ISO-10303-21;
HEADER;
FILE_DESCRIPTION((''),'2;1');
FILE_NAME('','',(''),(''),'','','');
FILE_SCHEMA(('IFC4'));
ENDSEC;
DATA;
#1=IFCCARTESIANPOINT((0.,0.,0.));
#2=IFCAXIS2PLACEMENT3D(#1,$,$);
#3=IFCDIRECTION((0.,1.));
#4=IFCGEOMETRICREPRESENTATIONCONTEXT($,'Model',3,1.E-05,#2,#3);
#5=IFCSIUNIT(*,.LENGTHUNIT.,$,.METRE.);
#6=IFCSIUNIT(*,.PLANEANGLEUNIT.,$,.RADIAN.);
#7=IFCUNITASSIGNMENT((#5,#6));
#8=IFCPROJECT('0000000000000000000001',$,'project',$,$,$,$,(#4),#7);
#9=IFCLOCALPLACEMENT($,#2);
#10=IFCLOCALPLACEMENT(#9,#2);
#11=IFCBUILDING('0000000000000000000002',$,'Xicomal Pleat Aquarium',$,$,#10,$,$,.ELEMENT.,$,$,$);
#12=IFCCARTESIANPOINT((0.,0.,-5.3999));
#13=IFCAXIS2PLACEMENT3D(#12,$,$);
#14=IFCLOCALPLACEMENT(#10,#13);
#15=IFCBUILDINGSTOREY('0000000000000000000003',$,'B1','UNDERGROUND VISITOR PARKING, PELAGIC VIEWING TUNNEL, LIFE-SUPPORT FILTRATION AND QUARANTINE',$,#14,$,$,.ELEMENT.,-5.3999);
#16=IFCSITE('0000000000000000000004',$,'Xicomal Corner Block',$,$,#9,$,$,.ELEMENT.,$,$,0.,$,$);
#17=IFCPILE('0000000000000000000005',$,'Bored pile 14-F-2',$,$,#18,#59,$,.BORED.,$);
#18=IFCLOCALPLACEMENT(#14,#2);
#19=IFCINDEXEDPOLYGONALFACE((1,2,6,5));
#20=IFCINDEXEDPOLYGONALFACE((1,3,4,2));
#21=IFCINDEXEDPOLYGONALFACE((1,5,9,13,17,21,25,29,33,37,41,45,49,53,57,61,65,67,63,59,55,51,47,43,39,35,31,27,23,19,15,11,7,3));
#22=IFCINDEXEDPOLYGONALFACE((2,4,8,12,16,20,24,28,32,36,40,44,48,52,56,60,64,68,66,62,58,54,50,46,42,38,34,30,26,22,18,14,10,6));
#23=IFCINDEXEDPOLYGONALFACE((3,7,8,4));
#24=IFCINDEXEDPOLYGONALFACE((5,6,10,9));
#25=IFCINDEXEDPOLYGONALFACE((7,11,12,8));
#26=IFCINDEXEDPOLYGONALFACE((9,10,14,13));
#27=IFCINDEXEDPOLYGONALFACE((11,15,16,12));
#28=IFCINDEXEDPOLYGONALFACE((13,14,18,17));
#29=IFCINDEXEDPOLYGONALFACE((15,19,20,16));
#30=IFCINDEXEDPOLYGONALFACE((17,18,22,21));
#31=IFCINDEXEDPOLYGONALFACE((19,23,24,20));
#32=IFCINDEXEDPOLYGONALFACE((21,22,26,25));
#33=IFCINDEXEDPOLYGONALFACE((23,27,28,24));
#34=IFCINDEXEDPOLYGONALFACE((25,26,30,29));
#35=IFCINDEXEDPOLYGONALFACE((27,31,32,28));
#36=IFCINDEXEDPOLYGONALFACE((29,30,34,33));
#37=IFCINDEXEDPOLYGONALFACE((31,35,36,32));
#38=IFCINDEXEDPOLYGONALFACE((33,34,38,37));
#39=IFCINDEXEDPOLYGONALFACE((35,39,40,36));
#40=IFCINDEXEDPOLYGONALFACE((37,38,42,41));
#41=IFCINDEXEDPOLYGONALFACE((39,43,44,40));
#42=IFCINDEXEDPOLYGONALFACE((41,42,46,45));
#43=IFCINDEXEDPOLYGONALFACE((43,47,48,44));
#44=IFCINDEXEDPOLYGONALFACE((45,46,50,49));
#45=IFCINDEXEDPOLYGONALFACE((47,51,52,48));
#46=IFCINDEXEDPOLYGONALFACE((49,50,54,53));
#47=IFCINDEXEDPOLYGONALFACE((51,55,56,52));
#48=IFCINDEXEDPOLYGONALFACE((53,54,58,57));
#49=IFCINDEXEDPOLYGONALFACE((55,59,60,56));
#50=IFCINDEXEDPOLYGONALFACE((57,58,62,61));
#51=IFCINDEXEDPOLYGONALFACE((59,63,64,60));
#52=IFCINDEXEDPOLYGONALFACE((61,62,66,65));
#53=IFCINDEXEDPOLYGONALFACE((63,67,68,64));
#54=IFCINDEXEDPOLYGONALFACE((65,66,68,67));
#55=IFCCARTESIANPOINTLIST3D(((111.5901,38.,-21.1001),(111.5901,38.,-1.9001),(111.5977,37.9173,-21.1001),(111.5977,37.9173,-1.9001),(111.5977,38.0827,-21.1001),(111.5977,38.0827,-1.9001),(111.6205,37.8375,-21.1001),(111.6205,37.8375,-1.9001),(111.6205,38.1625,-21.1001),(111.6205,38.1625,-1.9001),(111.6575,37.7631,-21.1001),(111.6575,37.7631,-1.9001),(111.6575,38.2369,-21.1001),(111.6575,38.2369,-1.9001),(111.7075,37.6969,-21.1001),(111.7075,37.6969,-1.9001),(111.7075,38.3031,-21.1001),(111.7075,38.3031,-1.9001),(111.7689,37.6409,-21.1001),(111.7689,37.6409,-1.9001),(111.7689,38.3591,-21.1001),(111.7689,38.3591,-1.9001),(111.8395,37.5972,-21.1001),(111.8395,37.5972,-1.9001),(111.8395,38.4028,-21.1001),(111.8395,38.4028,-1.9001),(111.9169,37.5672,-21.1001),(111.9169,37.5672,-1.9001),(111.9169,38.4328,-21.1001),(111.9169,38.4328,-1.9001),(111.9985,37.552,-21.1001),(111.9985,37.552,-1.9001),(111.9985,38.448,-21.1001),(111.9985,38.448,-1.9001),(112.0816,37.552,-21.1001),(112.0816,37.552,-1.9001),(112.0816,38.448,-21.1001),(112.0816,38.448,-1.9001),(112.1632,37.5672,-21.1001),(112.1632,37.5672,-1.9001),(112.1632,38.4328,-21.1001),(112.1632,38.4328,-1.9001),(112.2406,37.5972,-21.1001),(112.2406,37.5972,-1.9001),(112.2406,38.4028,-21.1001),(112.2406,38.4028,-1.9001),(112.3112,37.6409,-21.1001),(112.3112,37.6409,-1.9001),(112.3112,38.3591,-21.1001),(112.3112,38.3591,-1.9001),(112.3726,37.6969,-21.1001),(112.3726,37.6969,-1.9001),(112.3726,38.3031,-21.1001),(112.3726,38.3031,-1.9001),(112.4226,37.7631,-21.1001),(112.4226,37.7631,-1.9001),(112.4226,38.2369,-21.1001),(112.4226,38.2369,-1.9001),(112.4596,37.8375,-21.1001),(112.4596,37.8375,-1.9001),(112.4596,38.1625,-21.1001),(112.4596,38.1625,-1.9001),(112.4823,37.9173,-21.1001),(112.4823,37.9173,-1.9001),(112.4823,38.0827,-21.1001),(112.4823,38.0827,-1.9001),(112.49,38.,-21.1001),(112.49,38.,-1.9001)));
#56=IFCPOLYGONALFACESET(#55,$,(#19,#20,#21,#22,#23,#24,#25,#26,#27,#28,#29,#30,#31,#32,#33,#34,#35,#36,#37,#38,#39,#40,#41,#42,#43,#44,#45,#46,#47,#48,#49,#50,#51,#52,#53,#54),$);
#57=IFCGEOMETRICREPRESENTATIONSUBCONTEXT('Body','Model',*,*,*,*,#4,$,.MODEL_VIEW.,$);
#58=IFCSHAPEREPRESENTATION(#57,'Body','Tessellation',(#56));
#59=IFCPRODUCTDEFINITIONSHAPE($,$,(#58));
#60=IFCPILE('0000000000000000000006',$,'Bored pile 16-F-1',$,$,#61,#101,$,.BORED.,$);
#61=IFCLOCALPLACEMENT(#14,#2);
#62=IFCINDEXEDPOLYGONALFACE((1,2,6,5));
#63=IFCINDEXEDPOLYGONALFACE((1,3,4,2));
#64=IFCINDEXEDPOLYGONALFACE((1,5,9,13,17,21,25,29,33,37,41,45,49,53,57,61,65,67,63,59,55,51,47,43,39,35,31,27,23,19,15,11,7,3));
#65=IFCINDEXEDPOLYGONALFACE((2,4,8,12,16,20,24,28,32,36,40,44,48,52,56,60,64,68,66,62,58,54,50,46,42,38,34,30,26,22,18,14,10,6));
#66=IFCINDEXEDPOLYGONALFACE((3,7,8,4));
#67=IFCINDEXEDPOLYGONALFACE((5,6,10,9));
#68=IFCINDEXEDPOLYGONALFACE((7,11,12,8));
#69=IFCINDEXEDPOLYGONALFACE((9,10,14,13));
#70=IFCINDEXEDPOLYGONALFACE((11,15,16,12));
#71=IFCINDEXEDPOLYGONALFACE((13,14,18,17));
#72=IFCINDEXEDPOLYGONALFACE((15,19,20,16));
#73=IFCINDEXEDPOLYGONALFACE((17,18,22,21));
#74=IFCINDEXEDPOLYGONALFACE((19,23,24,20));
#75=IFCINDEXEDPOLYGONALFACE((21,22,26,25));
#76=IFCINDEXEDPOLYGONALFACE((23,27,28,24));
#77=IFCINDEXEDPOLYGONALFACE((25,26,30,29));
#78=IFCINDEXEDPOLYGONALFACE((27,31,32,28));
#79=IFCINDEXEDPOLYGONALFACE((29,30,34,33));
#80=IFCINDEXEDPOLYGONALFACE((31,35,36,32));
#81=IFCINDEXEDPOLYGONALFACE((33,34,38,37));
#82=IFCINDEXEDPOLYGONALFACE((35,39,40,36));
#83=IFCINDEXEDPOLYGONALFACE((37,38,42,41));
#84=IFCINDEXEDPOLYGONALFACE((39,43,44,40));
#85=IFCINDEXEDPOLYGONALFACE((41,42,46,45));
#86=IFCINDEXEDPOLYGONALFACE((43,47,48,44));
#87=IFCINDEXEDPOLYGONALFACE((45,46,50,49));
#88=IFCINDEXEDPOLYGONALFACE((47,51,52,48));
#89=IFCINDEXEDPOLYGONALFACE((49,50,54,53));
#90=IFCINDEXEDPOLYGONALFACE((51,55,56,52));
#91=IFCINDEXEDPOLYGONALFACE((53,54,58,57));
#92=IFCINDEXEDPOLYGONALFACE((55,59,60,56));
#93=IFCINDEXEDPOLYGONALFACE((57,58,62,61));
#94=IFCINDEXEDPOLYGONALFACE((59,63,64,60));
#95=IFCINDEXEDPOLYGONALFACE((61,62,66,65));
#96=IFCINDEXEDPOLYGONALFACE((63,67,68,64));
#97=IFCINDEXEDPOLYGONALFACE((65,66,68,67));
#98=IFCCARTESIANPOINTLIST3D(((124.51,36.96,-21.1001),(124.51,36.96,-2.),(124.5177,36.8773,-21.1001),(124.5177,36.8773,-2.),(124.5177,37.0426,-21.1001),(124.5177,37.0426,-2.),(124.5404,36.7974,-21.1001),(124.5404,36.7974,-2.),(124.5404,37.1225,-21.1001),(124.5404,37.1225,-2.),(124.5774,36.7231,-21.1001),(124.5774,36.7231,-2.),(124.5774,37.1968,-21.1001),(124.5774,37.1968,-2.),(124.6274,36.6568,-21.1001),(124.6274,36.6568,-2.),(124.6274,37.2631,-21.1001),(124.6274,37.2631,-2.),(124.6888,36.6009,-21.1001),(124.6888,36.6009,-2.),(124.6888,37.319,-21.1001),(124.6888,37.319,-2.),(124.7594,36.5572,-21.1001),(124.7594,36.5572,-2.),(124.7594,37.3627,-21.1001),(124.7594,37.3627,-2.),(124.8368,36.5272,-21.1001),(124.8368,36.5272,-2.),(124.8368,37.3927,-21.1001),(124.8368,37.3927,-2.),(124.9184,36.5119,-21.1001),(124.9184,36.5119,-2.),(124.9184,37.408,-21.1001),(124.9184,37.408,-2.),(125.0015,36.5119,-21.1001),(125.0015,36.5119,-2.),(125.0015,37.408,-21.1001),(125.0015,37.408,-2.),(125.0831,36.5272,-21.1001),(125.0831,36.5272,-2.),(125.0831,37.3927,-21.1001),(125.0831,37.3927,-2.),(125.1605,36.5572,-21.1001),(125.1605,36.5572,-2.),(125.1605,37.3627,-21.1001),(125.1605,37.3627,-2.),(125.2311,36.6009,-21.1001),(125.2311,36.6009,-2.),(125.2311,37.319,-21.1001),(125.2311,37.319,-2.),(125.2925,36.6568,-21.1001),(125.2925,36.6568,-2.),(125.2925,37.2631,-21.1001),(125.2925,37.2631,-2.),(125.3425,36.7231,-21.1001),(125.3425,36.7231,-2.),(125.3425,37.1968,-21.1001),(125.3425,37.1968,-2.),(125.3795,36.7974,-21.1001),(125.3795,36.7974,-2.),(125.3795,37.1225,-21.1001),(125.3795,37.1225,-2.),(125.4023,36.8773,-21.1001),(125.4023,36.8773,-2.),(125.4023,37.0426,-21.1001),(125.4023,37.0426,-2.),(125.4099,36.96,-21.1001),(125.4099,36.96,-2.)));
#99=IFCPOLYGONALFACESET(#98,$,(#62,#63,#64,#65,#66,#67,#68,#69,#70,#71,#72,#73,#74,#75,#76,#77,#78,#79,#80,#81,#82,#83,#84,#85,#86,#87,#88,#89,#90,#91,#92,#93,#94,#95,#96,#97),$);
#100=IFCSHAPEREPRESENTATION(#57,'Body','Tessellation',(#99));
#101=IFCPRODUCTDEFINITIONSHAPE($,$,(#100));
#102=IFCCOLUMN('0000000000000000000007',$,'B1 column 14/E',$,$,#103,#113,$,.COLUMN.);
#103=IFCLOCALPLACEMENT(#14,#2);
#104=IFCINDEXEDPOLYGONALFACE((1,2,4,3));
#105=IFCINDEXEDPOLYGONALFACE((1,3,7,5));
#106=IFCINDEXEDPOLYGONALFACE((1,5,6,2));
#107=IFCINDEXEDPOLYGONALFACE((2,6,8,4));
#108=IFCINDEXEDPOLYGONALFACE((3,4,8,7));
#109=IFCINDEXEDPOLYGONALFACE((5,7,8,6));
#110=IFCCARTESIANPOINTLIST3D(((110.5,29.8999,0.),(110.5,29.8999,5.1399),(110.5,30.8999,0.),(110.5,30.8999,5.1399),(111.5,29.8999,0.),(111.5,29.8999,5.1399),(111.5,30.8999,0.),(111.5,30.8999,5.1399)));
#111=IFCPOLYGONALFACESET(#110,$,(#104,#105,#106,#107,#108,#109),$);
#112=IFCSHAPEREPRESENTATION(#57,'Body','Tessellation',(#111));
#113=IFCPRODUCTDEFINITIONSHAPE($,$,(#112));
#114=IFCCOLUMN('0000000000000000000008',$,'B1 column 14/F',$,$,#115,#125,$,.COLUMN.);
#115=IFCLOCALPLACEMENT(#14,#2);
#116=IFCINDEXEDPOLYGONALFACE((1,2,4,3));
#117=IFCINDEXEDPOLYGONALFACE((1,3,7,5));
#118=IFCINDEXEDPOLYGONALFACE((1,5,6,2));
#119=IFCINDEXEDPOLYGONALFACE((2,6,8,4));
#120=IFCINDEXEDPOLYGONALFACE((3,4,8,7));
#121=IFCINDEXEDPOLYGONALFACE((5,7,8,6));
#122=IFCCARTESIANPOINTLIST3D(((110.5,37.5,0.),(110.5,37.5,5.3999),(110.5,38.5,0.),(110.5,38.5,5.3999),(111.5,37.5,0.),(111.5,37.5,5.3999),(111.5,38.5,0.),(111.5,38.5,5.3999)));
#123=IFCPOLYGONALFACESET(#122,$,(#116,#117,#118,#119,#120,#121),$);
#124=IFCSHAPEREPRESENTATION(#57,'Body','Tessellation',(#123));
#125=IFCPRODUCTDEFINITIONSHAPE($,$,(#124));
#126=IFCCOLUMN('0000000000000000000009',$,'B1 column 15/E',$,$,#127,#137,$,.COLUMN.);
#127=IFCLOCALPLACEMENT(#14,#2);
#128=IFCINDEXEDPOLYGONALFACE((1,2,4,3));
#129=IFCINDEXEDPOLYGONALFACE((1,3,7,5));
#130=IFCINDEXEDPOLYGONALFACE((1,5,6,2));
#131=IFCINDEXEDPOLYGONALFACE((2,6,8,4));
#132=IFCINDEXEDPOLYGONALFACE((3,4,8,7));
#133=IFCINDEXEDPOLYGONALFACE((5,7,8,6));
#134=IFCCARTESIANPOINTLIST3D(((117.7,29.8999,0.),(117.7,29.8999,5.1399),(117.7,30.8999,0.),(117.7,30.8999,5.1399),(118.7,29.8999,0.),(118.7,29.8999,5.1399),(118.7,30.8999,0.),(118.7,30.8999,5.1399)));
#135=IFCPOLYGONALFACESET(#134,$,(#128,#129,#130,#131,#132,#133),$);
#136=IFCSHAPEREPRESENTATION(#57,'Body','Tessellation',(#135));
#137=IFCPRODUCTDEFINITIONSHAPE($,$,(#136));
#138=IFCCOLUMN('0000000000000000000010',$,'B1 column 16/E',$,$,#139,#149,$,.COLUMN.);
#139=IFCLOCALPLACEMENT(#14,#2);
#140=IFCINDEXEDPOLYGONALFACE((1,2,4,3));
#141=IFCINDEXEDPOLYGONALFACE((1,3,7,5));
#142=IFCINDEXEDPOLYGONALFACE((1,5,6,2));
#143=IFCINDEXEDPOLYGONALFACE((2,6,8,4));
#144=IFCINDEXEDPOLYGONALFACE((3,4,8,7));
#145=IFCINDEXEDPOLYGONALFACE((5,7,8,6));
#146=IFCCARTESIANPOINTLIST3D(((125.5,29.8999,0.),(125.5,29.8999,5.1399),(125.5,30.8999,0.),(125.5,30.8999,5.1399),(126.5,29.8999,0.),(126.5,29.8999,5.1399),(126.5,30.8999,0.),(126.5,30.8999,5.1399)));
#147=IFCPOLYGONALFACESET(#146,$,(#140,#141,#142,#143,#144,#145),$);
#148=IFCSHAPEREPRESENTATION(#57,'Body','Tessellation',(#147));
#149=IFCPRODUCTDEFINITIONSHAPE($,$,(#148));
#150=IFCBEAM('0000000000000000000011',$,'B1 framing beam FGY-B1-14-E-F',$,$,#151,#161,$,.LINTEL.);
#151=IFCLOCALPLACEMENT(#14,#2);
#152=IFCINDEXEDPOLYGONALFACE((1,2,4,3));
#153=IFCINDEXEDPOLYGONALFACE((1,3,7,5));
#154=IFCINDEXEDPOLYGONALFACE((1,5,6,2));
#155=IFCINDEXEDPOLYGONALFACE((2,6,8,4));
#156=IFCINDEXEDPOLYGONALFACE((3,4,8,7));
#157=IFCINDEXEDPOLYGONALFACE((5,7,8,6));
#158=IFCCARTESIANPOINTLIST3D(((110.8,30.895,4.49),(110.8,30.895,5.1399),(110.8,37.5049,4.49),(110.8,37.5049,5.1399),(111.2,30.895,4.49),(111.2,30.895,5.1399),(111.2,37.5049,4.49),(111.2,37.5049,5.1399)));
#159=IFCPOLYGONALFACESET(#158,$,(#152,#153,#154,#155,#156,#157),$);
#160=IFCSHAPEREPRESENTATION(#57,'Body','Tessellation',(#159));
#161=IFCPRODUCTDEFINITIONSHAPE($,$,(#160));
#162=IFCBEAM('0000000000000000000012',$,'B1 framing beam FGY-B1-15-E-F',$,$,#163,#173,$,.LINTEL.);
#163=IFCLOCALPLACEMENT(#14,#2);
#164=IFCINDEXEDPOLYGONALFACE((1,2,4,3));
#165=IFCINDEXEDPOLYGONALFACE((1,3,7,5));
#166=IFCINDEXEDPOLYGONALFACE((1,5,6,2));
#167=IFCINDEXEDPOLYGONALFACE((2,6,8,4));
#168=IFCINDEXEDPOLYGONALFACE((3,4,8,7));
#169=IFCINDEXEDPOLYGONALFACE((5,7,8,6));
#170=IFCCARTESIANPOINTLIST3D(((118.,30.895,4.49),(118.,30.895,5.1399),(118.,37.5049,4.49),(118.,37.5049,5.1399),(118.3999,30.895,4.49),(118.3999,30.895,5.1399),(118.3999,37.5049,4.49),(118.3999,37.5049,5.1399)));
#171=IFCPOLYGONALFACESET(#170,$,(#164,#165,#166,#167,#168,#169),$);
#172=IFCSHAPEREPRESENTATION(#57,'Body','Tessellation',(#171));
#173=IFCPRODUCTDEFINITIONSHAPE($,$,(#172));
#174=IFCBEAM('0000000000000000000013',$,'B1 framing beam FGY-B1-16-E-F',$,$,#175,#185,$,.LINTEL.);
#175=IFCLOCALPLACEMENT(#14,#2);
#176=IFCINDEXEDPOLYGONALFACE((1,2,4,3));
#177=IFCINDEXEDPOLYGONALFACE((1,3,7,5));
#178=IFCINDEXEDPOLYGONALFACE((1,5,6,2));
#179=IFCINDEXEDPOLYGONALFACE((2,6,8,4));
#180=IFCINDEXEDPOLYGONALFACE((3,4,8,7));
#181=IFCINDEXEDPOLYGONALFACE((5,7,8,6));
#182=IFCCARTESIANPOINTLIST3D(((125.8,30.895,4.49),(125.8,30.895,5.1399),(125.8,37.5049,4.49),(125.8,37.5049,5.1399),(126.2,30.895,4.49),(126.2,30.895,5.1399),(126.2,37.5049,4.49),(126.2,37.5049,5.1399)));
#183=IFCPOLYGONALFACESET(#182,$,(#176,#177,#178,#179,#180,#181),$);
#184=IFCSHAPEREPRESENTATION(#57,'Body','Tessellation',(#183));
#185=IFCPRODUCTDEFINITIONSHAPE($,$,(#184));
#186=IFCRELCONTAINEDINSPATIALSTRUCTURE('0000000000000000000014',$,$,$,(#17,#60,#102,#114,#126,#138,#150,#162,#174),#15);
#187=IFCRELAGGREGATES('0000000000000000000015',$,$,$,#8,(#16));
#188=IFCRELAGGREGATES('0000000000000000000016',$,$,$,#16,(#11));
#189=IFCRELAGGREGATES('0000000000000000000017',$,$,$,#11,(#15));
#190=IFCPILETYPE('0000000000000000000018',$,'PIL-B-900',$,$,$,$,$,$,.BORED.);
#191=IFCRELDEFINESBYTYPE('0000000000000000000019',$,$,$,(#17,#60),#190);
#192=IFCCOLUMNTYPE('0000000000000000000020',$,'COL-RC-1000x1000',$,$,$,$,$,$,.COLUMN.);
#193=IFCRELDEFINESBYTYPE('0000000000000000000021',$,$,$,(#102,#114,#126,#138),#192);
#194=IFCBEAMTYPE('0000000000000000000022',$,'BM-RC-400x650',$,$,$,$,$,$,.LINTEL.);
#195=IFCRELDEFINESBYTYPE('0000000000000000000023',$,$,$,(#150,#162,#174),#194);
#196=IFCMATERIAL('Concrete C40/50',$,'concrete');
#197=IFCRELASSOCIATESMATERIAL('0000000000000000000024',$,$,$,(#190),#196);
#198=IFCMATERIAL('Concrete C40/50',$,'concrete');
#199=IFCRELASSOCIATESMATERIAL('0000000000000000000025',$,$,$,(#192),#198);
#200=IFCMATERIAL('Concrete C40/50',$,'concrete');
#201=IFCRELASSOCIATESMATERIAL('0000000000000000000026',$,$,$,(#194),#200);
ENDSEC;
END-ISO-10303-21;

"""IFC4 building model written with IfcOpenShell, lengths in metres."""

from ifc_helpers import new_model, si_unit, direction, frame, origin, origin_2d, place, context, subcontext, project, spatial, rectangle, circle, extrude, material, material_profile, profile_set, type_object, element, save


model = new_model("IFC4")

# Units and contexts
model_context = context("Model", 3, precision=1e-05, world=origin(), true_north=direction((0.0, 1.0)))
body_context = subcontext(model_context, "Body", "Model", "MODEL_VIEW")
ifc_project = project(units=[si_unit("LENGTHUNIT", "METRE"), si_unit("PLANEANGLEUNIT", "RADIAN")], contexts=[model_context])

# Site, building, storey
site_placement = place(None, origin())
site = spatial("IfcSite", under=ifc_project, at=site_placement, Name="Xicomal Corner Block", CompositionType="ELEMENT", RefElevation=0.0)
building_placement = place(site_placement, origin())
building = spatial("IfcBuilding", under=site, at=building_placement, Name="Xicomal Pleat Aquarium", CompositionType="ELEMENT")
storey_placement = place(building_placement, frame((0.0, 0.0, -5.3999)))
storey = spatial("IfcBuildingStorey", under=building, at=storey_placement, Name="B1", Description="UNDERGROUND VISITOR PARKING, PELAGIC VIEWING TUNNEL, LIFE-SUPPORT FILTRATION AND QUARANTINE", CompositionType="ELEMENT", Elevation=-5.3999)

# Piles
ifc_material_1 = material(Name="Concrete C40/50", Category="concrete")
ifc_material_profile_1 = material_profile(ifc_material_1, circle(Radius=0.45, at=origin_2d()), Name="BORED PILE D900")
ifc_profile_set_1 = profile_set([ifc_material_profile_1], Name="Concrete C40/50")
pile_type_1 = type_object("IfcPileType", Name="PIL-B-900", PredefinedType="BORED", material=ifc_profile_set_1)
for number, where, z_axis, x_axis, name in (
    (1, (112.04, 38.0, -1.9001), (0.0, 0.0, -1.0), (1.0, 0.0, 0.0), "Bored pile 14-F-2"),
):
    element("IfcPile", number, at=place(storey_placement, frame(where, z_axis=z_axis, x_axis=x_axis)), inside=storey, type_object=pile_type_1, Name=name, PredefinedType="BORED", context=body_context, shape_type="SweptSolid", body=[
        extrude(circle(Radius=0.45, at=origin_2d()), origin(), (0.0, 0.0, 1.0), 19.2),
    ])
pile_placement = place(storey_placement, frame((124.96, 36.96, -2.0), z_axis=(0.0, 0.0, -1.0), x_axis=(1.0, 0.0, 0.0)))
element("IfcPile", 2, at=pile_placement, inside=storey, type_object=pile_type_1, Name="Bored pile 16-F-1", PredefinedType="BORED", context=body_context, shape_type="SweptSolid", body=[
    extrude(circle(Radius=0.45, at=origin_2d()), origin(), (0.0, 0.0, 1.0), 19.1001),
])

# Columns
ifc_material_2 = material(Name="Concrete C40/50", Category="concrete")
ifc_material_profile_2 = material_profile(ifc_material_2, rectangle(XDim=1.0, YDim=1.0, at=origin_2d()), Name="RC 1000x1000")
ifc_profile_set_2 = profile_set([ifc_material_profile_2], Name="Concrete C40/50")
column_type = type_object("IfcColumnType", Name="COL-RC-1000x1000", PredefinedType="COLUMN", material=ifc_profile_set_2)
column_1_placement = place(storey_placement, frame((111.0, 30.3999, 0.0), z_axis=(0.0, 0.0, 1.0), x_axis=(1.0, 0.0, 0.0)))
element("IfcColumn", 3, at=column_1_placement, inside=storey, type_object=column_type, Name="B1 column 14/E", PredefinedType="COLUMN", context=body_context, shape_type="SweptSolid", body=[
    extrude(rectangle(XDim=1.0, YDim=1.0, at=origin_2d()), origin(), (0.0, 0.0, 1.0), 5.1399),
])
column_2_placement = place(storey_placement, frame((111.0, 38.0, 0.0), z_axis=(0.0, 0.0, 1.0), x_axis=(1.0, 0.0, 0.0)))
element("IfcColumn", 4, at=column_2_placement, inside=storey, type_object=column_type, Name="B1 column 14/F", PredefinedType="COLUMN", context=body_context, shape_type="SweptSolid", body=[
    extrude(rectangle(XDim=1.0, YDim=1.0, at=origin_2d()), origin(), (0.0, 0.0, 1.0), 5.3999),
])
for number, where, z_axis, x_axis, name in (
    (5, (118.2, 30.3999, 0.0), (0.0, 0.0, 1.0), (1.0, 0.0, 0.0), "B1 column 15/E"),
    (6, (126.0, 30.3999, 0.0), (0.0, 0.0, 1.0), (1.0, 0.0, 0.0), "B1 column 16/E"),
):
    element("IfcColumn", number, at=place(storey_placement, frame(where, z_axis=z_axis, x_axis=x_axis)), inside=storey, type_object=column_type, Name=name, PredefinedType="COLUMN", context=body_context, shape_type="SweptSolid", body=[
        extrude(rectangle(XDim=1.0, YDim=1.0, at=origin_2d()), origin(), (0.0, 0.0, 1.0), 5.1399),
    ])

# Beams
ifc_material_3 = material(Name="Concrete C40/50", Category="concrete")
ifc_material_profile_3 = material_profile(ifc_material_3, rectangle(XDim=0.3999, YDim=0.6499, at=origin_2d()), Name="RC 400x650")
ifc_profile_set_3 = profile_set([ifc_material_profile_3], Name="Concrete C40/50")
beam_type_1 = type_object("IfcBeamType", Name="BM-RC-400x650", PredefinedType="LINTEL", material=ifc_profile_set_3)
for number, where, z_axis, x_axis, name in (
    (7, (111.0, 30.895, 4.8149), (0.0, 1.0, 0.0), (-1.0, 0.0, 0.0), "B1 framing beam FGY-B1-14-E-F"),
    (8, (118.2, 30.895, 4.8149), (0.0, 1.0, 0.0), (-1.0, 0.0, 0.0), "B1 framing beam FGY-B1-15-E-F"),
    (9, (126.0, 30.895, 4.8149), (0.0, 1.0, 0.0), (-1.0, 0.0, 0.0), "B1 framing beam FGY-B1-16-E-F"),
):
    element("IfcBeam", number, at=place(storey_placement, frame(where, z_axis=z_axis, x_axis=x_axis)), inside=storey, type_object=beam_type_1, Name=name, PredefinedType="LINTEL", context=body_context, shape_type="SweptSolid", body=[
        extrude(rectangle(XDim=0.3999, YDim=0.6499, at=origin_2d()), origin(), (0.0, 0.0, 1.0), 6.6099),
    ])

save(model, "model.ifc")
